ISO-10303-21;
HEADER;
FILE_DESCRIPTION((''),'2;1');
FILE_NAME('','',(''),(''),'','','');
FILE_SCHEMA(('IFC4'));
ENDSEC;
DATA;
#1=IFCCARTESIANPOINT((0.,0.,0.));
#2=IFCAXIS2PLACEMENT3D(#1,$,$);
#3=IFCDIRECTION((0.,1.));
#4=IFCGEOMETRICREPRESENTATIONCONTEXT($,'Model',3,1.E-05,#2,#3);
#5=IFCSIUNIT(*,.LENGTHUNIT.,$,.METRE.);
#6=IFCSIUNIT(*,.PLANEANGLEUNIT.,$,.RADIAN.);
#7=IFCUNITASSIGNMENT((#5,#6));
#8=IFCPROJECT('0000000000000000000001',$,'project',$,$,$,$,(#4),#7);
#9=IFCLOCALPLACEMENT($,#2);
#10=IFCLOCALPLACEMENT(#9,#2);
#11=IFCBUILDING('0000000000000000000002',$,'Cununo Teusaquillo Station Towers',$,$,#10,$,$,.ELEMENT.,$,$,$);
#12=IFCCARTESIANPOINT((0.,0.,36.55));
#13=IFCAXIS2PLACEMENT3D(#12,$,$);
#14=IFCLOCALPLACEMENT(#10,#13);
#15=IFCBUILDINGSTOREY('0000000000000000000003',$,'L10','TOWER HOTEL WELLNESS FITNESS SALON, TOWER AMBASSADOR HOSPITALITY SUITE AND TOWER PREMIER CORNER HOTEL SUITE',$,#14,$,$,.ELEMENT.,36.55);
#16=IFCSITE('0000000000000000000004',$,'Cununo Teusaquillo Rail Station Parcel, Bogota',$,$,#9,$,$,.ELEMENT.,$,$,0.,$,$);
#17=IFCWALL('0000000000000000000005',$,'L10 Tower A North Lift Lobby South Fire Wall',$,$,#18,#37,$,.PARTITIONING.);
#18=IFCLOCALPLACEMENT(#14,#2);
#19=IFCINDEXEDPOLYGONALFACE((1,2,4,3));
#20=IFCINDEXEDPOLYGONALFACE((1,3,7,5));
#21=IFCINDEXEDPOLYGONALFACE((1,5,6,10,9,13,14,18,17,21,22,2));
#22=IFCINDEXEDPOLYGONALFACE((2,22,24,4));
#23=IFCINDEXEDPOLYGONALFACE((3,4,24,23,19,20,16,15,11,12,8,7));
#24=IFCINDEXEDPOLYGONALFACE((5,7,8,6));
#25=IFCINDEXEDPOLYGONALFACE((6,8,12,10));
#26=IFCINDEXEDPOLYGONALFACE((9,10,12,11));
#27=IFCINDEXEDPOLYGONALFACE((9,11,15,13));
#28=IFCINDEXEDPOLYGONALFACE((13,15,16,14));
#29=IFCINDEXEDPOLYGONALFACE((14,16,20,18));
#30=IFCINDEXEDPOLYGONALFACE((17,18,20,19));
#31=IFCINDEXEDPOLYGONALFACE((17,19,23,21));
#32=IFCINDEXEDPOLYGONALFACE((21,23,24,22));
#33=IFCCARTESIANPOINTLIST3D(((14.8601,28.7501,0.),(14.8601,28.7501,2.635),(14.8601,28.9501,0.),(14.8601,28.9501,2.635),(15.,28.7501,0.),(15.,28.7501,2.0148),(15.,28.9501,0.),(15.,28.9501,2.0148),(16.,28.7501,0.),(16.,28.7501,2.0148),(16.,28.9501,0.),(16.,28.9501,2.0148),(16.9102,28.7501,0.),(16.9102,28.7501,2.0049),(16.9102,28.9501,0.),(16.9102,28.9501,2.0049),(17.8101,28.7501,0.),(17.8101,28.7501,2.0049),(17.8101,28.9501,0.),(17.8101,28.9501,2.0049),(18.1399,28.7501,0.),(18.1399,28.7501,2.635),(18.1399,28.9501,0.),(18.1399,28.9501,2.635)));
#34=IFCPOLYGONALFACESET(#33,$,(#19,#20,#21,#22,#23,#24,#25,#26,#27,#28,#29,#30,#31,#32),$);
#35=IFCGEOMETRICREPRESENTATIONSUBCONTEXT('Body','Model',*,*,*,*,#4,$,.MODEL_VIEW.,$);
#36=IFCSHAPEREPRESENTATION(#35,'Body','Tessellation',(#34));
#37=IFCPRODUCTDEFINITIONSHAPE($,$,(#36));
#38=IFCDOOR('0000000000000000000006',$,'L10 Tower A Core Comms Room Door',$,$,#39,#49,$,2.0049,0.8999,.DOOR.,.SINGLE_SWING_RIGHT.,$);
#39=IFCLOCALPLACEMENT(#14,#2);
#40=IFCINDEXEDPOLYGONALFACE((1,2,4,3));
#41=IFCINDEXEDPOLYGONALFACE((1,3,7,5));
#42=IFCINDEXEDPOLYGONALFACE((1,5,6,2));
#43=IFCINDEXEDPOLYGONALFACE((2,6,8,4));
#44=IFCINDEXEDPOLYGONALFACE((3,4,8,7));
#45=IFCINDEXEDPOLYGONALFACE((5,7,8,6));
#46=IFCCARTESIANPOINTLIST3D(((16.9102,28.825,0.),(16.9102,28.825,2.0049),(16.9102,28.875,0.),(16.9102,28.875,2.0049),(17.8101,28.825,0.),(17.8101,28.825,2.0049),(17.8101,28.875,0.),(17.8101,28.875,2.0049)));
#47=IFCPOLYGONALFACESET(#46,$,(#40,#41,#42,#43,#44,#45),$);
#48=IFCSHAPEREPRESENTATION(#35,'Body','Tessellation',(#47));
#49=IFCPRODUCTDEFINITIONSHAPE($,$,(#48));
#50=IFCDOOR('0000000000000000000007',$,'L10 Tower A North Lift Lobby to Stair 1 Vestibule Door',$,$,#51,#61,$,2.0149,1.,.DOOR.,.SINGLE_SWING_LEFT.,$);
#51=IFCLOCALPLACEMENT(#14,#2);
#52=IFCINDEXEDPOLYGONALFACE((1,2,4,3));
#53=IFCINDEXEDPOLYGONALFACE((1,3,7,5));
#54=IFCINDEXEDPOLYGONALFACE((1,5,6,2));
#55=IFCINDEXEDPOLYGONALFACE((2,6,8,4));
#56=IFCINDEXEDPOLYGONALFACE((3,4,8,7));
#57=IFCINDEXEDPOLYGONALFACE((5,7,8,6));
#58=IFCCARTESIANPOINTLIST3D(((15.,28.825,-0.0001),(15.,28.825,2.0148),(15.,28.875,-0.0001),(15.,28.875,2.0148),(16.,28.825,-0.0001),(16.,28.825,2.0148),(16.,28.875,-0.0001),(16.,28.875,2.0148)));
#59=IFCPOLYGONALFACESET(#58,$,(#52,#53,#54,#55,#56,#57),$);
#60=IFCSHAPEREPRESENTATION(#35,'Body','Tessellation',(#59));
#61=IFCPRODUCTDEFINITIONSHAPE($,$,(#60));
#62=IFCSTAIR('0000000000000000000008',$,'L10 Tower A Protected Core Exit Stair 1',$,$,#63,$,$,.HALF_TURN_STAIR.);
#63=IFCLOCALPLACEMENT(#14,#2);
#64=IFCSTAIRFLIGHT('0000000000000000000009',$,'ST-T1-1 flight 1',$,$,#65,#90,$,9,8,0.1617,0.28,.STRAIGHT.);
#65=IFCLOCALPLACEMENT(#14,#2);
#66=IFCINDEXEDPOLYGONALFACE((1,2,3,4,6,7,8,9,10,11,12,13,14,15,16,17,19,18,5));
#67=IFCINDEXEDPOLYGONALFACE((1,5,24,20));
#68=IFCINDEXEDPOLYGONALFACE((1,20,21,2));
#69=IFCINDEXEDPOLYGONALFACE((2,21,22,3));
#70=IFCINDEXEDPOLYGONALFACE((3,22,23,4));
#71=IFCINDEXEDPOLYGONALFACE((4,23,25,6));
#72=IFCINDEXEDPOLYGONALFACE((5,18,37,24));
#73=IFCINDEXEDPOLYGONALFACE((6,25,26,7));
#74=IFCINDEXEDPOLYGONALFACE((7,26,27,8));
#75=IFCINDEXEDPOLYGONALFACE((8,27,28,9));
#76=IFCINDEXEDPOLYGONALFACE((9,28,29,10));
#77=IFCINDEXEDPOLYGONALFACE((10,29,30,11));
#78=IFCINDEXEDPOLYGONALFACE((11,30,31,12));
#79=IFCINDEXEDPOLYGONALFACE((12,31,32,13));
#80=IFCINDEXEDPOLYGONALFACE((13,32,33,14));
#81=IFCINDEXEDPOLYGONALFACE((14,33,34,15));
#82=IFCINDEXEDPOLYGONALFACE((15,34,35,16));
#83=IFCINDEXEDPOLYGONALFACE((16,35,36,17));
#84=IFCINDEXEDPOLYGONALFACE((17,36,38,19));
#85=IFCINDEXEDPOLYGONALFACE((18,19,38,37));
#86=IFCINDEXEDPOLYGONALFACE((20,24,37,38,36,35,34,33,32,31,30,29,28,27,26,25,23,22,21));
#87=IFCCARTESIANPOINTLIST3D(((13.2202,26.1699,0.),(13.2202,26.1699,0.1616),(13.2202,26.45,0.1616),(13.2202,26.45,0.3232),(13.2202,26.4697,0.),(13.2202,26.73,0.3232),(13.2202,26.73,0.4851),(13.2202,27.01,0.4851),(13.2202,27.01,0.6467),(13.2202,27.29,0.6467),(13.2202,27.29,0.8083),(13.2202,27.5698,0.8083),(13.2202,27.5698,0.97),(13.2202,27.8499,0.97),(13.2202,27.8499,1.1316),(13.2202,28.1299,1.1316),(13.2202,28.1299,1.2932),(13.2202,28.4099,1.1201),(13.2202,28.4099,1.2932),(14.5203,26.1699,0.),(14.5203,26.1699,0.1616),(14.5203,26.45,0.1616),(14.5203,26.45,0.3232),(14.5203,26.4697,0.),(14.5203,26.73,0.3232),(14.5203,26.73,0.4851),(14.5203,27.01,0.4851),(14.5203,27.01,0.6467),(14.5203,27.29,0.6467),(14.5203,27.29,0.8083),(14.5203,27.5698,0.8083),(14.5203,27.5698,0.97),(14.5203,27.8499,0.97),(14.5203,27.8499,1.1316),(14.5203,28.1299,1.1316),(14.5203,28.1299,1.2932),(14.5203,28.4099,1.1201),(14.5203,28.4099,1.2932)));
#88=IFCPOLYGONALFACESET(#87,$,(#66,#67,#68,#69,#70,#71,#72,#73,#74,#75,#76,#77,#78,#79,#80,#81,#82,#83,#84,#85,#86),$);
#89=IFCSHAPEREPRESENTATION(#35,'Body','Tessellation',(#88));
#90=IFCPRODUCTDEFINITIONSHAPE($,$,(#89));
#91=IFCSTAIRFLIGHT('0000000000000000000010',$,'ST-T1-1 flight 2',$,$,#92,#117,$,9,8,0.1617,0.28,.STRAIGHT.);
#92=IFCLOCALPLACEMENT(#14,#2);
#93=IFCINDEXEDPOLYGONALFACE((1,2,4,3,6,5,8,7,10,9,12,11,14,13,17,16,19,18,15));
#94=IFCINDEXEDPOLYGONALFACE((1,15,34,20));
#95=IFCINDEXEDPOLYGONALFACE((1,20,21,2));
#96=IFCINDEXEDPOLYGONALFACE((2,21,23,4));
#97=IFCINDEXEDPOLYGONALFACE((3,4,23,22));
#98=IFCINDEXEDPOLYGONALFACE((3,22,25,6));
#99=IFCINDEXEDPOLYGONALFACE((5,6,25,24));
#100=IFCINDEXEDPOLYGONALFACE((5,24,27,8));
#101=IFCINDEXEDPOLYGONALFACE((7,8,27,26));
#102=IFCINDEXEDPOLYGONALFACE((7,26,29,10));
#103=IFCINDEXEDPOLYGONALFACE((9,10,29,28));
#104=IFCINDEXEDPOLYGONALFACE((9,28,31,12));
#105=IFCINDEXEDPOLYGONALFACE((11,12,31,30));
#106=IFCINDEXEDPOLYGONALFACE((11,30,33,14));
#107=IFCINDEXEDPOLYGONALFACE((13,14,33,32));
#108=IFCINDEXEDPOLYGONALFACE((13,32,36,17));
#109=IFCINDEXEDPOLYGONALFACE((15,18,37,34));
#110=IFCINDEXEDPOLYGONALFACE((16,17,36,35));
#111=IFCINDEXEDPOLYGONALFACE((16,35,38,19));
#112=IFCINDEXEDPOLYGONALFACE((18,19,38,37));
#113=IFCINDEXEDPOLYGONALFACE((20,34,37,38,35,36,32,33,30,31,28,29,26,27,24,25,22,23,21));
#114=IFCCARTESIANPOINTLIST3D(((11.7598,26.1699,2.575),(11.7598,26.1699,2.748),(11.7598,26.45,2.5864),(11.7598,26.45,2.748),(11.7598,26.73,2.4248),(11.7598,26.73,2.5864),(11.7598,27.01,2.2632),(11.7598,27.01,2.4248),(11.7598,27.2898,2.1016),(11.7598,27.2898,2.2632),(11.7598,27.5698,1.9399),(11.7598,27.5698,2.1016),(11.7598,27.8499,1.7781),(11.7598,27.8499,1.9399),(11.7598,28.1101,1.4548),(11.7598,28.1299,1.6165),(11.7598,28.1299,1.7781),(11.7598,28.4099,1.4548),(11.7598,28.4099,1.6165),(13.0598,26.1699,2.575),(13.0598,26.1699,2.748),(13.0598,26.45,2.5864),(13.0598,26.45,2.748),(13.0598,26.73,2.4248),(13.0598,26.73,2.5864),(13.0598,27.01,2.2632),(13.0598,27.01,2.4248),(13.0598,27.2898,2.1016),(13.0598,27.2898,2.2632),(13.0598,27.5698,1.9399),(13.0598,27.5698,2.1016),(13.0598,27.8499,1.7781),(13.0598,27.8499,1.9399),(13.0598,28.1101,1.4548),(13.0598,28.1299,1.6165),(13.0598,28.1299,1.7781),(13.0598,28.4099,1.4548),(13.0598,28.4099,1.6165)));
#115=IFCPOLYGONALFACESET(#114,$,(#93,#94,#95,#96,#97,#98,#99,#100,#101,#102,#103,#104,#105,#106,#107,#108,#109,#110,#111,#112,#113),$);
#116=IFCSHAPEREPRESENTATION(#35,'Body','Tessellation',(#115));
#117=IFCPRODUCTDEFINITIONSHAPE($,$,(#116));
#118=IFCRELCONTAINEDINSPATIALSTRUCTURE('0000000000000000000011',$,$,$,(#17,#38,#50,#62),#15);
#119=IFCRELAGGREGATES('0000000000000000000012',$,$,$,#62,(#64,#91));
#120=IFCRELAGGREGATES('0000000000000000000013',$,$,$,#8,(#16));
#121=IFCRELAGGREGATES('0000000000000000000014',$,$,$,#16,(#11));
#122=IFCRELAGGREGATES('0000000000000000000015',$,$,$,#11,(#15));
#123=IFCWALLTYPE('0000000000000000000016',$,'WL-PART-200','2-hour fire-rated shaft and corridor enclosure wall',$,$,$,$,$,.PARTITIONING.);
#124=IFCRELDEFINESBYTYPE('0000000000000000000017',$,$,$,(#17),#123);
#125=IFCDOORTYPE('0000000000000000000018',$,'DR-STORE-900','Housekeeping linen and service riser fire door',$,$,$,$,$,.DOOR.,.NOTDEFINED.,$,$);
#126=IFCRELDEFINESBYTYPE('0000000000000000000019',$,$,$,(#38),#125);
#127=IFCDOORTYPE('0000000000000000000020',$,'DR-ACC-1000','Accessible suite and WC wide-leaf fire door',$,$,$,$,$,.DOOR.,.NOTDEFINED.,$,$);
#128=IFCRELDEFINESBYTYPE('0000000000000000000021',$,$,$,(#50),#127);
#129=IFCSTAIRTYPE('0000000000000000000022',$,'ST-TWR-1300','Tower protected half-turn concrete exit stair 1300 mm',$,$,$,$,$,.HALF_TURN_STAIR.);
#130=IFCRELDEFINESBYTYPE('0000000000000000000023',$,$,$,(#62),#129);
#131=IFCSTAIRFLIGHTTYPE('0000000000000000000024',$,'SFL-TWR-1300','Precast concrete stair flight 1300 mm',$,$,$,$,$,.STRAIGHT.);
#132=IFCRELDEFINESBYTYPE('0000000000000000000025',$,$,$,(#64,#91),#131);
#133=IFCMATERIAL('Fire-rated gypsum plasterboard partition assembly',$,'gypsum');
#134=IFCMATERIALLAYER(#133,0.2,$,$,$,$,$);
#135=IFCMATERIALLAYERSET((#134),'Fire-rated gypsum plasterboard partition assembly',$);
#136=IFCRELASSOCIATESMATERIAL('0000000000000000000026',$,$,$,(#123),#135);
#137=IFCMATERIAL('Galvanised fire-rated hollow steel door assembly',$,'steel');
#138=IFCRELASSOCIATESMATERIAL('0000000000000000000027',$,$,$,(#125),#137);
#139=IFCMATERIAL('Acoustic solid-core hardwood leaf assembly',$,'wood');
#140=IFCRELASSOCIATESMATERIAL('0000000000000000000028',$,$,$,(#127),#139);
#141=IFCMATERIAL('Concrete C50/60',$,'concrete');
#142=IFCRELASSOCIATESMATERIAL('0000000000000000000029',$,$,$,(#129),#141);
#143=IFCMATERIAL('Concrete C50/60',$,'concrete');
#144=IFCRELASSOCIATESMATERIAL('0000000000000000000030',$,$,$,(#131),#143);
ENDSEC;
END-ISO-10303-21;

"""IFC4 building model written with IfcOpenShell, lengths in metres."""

from ifc_helpers import new_model, si_unit, direction, frame, frame_2d, origin, place, context, subcontext, project, spatial, polyline, rectangle, outline, extrude, source, transform, mapped, material, layer, layer_set, type_object, element, fill, aggregate, save


model = new_model("IFC4")

# Units and contexts
model_context = context("Model", 3, precision=1e-05, world=origin(), true_north=direction((0.0, 1.0)))
body_context = subcontext(model_context, "Body", "Model", "MODEL_VIEW")
ifc_project = project(units=[si_unit("LENGTHUNIT", "METRE"), si_unit("PLANEANGLEUNIT", "RADIAN")], contexts=[model_context])

# Site, building, storey
site_placement = place(None, origin())
site = spatial("IfcSite", under=ifc_project, at=site_placement, Name="Cununo Teusaquillo Rail Station Parcel, Bogota", CompositionType="ELEMENT", RefElevation=0.0)
building_placement = place(site_placement, origin())
building = spatial("IfcBuilding", under=site, at=building_placement, Name="Cununo Teusaquillo Station Towers", CompositionType="ELEMENT")
storey_placement = place(building_placement, frame((0.0, 0.0, 36.55)))
storey = spatial("IfcBuildingStorey", under=building, at=storey_placement, Name="L10", Description="TOWER HOTEL WELLNESS FITNESS SALON, TOWER AMBASSADOR HOSPITALITY SUITE AND TOWER PREMIER CORNER HOTEL SUITE", CompositionType="ELEMENT", Elevation=36.55)

# Shared definitions
ifc_material_1 = material(Name="Fire-rated gypsum plasterboard partition assembly", Category="gypsum")
ifc_layer_1 = layer(ifc_material_1, 0.2)
ifc_layer_set_1 = layer_set([ifc_layer_1], Name="Fire-rated gypsum plasterboard partition assembly")
wall_type_1 = type_object("IfcWallType", Name="WL-PART-200", Description="2-hour fire-rated shaft and corridor enclosure wall", PredefinedType="PARTITIONING", material=ifc_layer_set_1)
shared_shape_1 = source(origin(), body_context, "Body", "SweptSolid", [
    extrude(rectangle(XDim=0.8999, YDim=2.0049, at=frame_2d((0.45, 1.0024))), frame((0.0, 0.1099, 0.0), z_axis=(0.0, -1.0, 0.0), x_axis=(1.0, 0.0, 0.0)), (0.0, 0.0, 1.0), 0.22),
])
ifc_material_2 = material(Name="Galvanised fire-rated hollow steel door assembly", Category="steel")
door_type_1 = type_object("IfcDoorType", Name="DR-STORE-900", Description="Housekeeping linen and service riser fire door", OperationType="NOTDEFINED", PredefinedType="DOOR", material=ifc_material_2)
shared_shape_2 = source(origin(), body_context, "Body", "SweptSolid", [
    extrude(rectangle(XDim=0.8999, YDim=2.0049, at=frame_2d((0.45, 1.0024))), frame((0.0, 0.0249, 0.0), z_axis=(0.0, -1.0, 0.0), x_axis=(1.0, 0.0, 0.0)), (0.0, 0.0, 1.0), 0.05),
])

# Wall, openings, doors
wall_1_placement = place(storey_placement, frame((14.8601, 28.8501, 0.0), z_axis=(0.0, 0.0, 1.0), x_axis=(1.0, 0.0, 0.0)))
wall_1 = element("IfcWall", 1, at=wall_1_placement, inside=storey, type_object=wall_type_1, Name="L10 Tower A North Lift Lobby South Fire Wall", PredefinedType="PARTITIONING", context=body_context, shape_type="SweptSolid", body=[
    extrude(rectangle(XDim=3.2798, YDim=0.2, at=frame_2d((1.6399, 0.0))), origin(), (0.0, 0.0, 1.0), 2.635),
])
shared_shape_3 = source(origin(), body_context, "Body", "SweptSolid", [
    extrude(rectangle(XDim=1.0, YDim=2.0149, at=frame_2d((0.5, 1.0073))), frame((0.0, 0.1099, 0.0), z_axis=(0.0, -1.0, 0.0), x_axis=(1.0, 0.0, 0.0)), (0.0, 0.0, 1.0), 0.22),
])
opening_1_placement = place(wall_1_placement, frame((0.1399, 0.0, 0.0)))
opening_1 = element("IfcOpeningElement", 2, at=opening_1_placement, cuts=wall_1, PredefinedType="OPENING", context=body_context, shape_type="MappedRepresentation", body=[
    mapped(shared_shape_3, transform((0.0, 0.0, 0.0), x_axis=(1.0, 0.0, 0.0), y_axis=(0.0, 1.0, 0.0), z_axis=(0.0, 0.0, 1.0), scale=1.0)),
])
opening_2_placement = place(wall_1_placement, frame((2.05, 0.0, 0.0)))
opening_2 = element("IfcOpeningElement", 3, at=opening_2_placement, cuts=wall_1, PredefinedType="OPENING", context=body_context, shape_type="MappedRepresentation", body=[
    mapped(shared_shape_1, transform((0.0, 0.0, 0.0), x_axis=(1.0, 0.0, 0.0), y_axis=(0.0, 1.0, 0.0), z_axis=(0.0, 0.0, 1.0), scale=1.0)),
])
door_1_placement = place(opening_2_placement, origin())
door_1 = element("IfcDoor", 4, at=door_1_placement, inside=storey, type_object=door_type_1, Name="L10 Tower A Core Comms Room Door", OperationType="SINGLE_SWING_RIGHT", OverallHeight=2.0049, OverallWidth=0.8999, PredefinedType="DOOR", context=body_context, shape_type="MappedRepresentation", body=[
    mapped(shared_shape_2, transform((0.0, 0.0, 0.0), x_axis=(1.0, 0.0, 0.0), y_axis=(0.0, 1.0, 0.0), z_axis=(0.0, 0.0, 1.0), scale=1.0)),
])
fill(opening_2, door_1)
ifc_material_3 = material(Name="Acoustic solid-core hardwood leaf assembly", Category="wood")
door_type_2 = type_object("IfcDoorType", Name="DR-ACC-1000", Description="Accessible suite and WC wide-leaf fire door", OperationType="NOTDEFINED", PredefinedType="DOOR", material=ifc_material_3)
shared_shape_4 = source(origin(), body_context, "Body", "SweptSolid", [
    extrude(rectangle(XDim=1.0, YDim=2.0149, at=frame_2d((0.5, 1.0073))), frame((0.0, 0.0249, 0.0), z_axis=(0.0, -1.0, 0.0), x_axis=(1.0, 0.0, 0.0)), (0.0, 0.0, 1.0), 0.05),
])
door_2_placement = place(opening_1_placement, origin())
door_2 = element("IfcDoor", 5, at=door_2_placement, inside=storey, type_object=door_type_2, Name="L10 Tower A North Lift Lobby to Stair 1 Vestibule Door", OperationType="SINGLE_SWING_LEFT", OverallHeight=2.0149, OverallWidth=1.0, PredefinedType="DOOR", context=body_context, shape_type="MappedRepresentation", body=[
    mapped(shared_shape_4, transform((0.0, 0.0, 0.0), x_axis=(1.0, 0.0, 0.0), y_axis=(0.0, 1.0, 0.0), z_axis=(0.0, 0.0, 1.0), scale=1.0)),
])
fill(opening_1, door_2)

# Stair, stair flights
ifc_material_4 = material(Name="Concrete C50/60", Category="concrete")
stair_type = type_object("IfcStairType", Name="ST-TWR-1300", Description="Tower protected half-turn concrete exit stair 1300 mm", PredefinedType="HALF_TURN_STAIR", material=ifc_material_4)
stair_placement = place(storey_placement, origin())
stair = element("IfcStair", 6, at=stair_placement, inside=storey, type_object=stair_type, Name="L10 Tower A Protected Core Exit Stair 1", PredefinedType="HALF_TURN_STAIR")
ifc_material_5 = material(Name="Concrete C50/60", Category="concrete")
stair_flight_type = type_object("IfcStairFlightType", Name="SFL-TWR-1300", Description="Precast concrete stair flight 1300 mm", PredefinedType="STRAIGHT", material=ifc_material_5)
stair_flight_1_placement = place(storey_placement, frame((13.8701, 26.1699, 0.0), z_axis=(0.0, 0.0, 1.0), x_axis=(0.0, 1.0, 0.0)))
stair_flight_1 = element("IfcStairFlight", 7, at=stair_flight_1_placement, type_object=stair_flight_type, Name="ST-T1-1 flight 1", NumberOfRisers=9, NumberOfTreads=8, PredefinedType="STRAIGHT", RiserHeight=0.1617, TreadLength=0.28, context=body_context, shape_type="SweptSolid", body=[
    extrude(outline(polyline([(0.0, 0.0), (0.0, 0.1616), (0.28, 0.1616), (0.28, 0.3232), (0.5601, 0.3232), (0.5601, 0.4851), (0.8401, 0.4851), (0.8401, 0.6467), (1.1201, 0.6467), (1.1201, 0.8083), (1.3999, 0.8083), (1.3999, 0.97), (1.6799, 0.97), (1.6799, 1.1316), (1.96, 1.1316), (1.96, 1.2932), (2.24, 1.2932), (2.24, 1.4551), (2.24, 1.1201), (0.2998, 0.0), (0.0, 0.0)])), frame((0.0, 0.6499, 0.0), z_axis=(0.0, -1.0, 0.0), x_axis=(1.0, 0.0, 0.0)), (0.0, 0.0, 1.0), 1.3),
])
stair_flight_2_placement = place(storey_placement, frame((12.4099, 28.4099, 1.4548), z_axis=(0.0, 0.0, 1.0), x_axis=(0.0, -1.0, 0.0)))
stair_flight_2 = element("IfcStairFlight", 8, at=stair_flight_2_placement, type_object=stair_flight_type, Name="ST-T1-1 flight 2", NumberOfRisers=9, NumberOfTreads=8, PredefinedType="STRAIGHT", RiserHeight=0.1617, TreadLength=0.28, context=body_context, shape_type="SweptSolid", body=[
    extrude(outline(polyline([(0.0, 0.0), (0.0, 0.1616), (0.28, 0.1616), (0.28, 0.3232), (0.5601, 0.3232), (0.5601, 0.4851), (0.8401, 0.4851), (0.8401, 0.6467), (1.1201, 0.6467), (1.1201, 0.8083), (1.3999, 0.8083), (1.3999, 0.97), (1.6799, 0.97), (1.6799, 1.1316), (1.96, 1.1316), (1.96, 1.2932), (2.24, 1.2932), (2.24, 1.4551), (2.24, 1.1201), (0.2998, 0.0), (0.0, 0.0)])), frame((0.0, 0.6499, 0.0), z_axis=(0.0, -1.0, 0.0), x_axis=(1.0, 0.0, 0.0)), (0.0, 0.0, 1.0), 1.3),
])
aggregate(stair, [stair_flight_1, stair_flight_2])

save(model, "model.ifc")
